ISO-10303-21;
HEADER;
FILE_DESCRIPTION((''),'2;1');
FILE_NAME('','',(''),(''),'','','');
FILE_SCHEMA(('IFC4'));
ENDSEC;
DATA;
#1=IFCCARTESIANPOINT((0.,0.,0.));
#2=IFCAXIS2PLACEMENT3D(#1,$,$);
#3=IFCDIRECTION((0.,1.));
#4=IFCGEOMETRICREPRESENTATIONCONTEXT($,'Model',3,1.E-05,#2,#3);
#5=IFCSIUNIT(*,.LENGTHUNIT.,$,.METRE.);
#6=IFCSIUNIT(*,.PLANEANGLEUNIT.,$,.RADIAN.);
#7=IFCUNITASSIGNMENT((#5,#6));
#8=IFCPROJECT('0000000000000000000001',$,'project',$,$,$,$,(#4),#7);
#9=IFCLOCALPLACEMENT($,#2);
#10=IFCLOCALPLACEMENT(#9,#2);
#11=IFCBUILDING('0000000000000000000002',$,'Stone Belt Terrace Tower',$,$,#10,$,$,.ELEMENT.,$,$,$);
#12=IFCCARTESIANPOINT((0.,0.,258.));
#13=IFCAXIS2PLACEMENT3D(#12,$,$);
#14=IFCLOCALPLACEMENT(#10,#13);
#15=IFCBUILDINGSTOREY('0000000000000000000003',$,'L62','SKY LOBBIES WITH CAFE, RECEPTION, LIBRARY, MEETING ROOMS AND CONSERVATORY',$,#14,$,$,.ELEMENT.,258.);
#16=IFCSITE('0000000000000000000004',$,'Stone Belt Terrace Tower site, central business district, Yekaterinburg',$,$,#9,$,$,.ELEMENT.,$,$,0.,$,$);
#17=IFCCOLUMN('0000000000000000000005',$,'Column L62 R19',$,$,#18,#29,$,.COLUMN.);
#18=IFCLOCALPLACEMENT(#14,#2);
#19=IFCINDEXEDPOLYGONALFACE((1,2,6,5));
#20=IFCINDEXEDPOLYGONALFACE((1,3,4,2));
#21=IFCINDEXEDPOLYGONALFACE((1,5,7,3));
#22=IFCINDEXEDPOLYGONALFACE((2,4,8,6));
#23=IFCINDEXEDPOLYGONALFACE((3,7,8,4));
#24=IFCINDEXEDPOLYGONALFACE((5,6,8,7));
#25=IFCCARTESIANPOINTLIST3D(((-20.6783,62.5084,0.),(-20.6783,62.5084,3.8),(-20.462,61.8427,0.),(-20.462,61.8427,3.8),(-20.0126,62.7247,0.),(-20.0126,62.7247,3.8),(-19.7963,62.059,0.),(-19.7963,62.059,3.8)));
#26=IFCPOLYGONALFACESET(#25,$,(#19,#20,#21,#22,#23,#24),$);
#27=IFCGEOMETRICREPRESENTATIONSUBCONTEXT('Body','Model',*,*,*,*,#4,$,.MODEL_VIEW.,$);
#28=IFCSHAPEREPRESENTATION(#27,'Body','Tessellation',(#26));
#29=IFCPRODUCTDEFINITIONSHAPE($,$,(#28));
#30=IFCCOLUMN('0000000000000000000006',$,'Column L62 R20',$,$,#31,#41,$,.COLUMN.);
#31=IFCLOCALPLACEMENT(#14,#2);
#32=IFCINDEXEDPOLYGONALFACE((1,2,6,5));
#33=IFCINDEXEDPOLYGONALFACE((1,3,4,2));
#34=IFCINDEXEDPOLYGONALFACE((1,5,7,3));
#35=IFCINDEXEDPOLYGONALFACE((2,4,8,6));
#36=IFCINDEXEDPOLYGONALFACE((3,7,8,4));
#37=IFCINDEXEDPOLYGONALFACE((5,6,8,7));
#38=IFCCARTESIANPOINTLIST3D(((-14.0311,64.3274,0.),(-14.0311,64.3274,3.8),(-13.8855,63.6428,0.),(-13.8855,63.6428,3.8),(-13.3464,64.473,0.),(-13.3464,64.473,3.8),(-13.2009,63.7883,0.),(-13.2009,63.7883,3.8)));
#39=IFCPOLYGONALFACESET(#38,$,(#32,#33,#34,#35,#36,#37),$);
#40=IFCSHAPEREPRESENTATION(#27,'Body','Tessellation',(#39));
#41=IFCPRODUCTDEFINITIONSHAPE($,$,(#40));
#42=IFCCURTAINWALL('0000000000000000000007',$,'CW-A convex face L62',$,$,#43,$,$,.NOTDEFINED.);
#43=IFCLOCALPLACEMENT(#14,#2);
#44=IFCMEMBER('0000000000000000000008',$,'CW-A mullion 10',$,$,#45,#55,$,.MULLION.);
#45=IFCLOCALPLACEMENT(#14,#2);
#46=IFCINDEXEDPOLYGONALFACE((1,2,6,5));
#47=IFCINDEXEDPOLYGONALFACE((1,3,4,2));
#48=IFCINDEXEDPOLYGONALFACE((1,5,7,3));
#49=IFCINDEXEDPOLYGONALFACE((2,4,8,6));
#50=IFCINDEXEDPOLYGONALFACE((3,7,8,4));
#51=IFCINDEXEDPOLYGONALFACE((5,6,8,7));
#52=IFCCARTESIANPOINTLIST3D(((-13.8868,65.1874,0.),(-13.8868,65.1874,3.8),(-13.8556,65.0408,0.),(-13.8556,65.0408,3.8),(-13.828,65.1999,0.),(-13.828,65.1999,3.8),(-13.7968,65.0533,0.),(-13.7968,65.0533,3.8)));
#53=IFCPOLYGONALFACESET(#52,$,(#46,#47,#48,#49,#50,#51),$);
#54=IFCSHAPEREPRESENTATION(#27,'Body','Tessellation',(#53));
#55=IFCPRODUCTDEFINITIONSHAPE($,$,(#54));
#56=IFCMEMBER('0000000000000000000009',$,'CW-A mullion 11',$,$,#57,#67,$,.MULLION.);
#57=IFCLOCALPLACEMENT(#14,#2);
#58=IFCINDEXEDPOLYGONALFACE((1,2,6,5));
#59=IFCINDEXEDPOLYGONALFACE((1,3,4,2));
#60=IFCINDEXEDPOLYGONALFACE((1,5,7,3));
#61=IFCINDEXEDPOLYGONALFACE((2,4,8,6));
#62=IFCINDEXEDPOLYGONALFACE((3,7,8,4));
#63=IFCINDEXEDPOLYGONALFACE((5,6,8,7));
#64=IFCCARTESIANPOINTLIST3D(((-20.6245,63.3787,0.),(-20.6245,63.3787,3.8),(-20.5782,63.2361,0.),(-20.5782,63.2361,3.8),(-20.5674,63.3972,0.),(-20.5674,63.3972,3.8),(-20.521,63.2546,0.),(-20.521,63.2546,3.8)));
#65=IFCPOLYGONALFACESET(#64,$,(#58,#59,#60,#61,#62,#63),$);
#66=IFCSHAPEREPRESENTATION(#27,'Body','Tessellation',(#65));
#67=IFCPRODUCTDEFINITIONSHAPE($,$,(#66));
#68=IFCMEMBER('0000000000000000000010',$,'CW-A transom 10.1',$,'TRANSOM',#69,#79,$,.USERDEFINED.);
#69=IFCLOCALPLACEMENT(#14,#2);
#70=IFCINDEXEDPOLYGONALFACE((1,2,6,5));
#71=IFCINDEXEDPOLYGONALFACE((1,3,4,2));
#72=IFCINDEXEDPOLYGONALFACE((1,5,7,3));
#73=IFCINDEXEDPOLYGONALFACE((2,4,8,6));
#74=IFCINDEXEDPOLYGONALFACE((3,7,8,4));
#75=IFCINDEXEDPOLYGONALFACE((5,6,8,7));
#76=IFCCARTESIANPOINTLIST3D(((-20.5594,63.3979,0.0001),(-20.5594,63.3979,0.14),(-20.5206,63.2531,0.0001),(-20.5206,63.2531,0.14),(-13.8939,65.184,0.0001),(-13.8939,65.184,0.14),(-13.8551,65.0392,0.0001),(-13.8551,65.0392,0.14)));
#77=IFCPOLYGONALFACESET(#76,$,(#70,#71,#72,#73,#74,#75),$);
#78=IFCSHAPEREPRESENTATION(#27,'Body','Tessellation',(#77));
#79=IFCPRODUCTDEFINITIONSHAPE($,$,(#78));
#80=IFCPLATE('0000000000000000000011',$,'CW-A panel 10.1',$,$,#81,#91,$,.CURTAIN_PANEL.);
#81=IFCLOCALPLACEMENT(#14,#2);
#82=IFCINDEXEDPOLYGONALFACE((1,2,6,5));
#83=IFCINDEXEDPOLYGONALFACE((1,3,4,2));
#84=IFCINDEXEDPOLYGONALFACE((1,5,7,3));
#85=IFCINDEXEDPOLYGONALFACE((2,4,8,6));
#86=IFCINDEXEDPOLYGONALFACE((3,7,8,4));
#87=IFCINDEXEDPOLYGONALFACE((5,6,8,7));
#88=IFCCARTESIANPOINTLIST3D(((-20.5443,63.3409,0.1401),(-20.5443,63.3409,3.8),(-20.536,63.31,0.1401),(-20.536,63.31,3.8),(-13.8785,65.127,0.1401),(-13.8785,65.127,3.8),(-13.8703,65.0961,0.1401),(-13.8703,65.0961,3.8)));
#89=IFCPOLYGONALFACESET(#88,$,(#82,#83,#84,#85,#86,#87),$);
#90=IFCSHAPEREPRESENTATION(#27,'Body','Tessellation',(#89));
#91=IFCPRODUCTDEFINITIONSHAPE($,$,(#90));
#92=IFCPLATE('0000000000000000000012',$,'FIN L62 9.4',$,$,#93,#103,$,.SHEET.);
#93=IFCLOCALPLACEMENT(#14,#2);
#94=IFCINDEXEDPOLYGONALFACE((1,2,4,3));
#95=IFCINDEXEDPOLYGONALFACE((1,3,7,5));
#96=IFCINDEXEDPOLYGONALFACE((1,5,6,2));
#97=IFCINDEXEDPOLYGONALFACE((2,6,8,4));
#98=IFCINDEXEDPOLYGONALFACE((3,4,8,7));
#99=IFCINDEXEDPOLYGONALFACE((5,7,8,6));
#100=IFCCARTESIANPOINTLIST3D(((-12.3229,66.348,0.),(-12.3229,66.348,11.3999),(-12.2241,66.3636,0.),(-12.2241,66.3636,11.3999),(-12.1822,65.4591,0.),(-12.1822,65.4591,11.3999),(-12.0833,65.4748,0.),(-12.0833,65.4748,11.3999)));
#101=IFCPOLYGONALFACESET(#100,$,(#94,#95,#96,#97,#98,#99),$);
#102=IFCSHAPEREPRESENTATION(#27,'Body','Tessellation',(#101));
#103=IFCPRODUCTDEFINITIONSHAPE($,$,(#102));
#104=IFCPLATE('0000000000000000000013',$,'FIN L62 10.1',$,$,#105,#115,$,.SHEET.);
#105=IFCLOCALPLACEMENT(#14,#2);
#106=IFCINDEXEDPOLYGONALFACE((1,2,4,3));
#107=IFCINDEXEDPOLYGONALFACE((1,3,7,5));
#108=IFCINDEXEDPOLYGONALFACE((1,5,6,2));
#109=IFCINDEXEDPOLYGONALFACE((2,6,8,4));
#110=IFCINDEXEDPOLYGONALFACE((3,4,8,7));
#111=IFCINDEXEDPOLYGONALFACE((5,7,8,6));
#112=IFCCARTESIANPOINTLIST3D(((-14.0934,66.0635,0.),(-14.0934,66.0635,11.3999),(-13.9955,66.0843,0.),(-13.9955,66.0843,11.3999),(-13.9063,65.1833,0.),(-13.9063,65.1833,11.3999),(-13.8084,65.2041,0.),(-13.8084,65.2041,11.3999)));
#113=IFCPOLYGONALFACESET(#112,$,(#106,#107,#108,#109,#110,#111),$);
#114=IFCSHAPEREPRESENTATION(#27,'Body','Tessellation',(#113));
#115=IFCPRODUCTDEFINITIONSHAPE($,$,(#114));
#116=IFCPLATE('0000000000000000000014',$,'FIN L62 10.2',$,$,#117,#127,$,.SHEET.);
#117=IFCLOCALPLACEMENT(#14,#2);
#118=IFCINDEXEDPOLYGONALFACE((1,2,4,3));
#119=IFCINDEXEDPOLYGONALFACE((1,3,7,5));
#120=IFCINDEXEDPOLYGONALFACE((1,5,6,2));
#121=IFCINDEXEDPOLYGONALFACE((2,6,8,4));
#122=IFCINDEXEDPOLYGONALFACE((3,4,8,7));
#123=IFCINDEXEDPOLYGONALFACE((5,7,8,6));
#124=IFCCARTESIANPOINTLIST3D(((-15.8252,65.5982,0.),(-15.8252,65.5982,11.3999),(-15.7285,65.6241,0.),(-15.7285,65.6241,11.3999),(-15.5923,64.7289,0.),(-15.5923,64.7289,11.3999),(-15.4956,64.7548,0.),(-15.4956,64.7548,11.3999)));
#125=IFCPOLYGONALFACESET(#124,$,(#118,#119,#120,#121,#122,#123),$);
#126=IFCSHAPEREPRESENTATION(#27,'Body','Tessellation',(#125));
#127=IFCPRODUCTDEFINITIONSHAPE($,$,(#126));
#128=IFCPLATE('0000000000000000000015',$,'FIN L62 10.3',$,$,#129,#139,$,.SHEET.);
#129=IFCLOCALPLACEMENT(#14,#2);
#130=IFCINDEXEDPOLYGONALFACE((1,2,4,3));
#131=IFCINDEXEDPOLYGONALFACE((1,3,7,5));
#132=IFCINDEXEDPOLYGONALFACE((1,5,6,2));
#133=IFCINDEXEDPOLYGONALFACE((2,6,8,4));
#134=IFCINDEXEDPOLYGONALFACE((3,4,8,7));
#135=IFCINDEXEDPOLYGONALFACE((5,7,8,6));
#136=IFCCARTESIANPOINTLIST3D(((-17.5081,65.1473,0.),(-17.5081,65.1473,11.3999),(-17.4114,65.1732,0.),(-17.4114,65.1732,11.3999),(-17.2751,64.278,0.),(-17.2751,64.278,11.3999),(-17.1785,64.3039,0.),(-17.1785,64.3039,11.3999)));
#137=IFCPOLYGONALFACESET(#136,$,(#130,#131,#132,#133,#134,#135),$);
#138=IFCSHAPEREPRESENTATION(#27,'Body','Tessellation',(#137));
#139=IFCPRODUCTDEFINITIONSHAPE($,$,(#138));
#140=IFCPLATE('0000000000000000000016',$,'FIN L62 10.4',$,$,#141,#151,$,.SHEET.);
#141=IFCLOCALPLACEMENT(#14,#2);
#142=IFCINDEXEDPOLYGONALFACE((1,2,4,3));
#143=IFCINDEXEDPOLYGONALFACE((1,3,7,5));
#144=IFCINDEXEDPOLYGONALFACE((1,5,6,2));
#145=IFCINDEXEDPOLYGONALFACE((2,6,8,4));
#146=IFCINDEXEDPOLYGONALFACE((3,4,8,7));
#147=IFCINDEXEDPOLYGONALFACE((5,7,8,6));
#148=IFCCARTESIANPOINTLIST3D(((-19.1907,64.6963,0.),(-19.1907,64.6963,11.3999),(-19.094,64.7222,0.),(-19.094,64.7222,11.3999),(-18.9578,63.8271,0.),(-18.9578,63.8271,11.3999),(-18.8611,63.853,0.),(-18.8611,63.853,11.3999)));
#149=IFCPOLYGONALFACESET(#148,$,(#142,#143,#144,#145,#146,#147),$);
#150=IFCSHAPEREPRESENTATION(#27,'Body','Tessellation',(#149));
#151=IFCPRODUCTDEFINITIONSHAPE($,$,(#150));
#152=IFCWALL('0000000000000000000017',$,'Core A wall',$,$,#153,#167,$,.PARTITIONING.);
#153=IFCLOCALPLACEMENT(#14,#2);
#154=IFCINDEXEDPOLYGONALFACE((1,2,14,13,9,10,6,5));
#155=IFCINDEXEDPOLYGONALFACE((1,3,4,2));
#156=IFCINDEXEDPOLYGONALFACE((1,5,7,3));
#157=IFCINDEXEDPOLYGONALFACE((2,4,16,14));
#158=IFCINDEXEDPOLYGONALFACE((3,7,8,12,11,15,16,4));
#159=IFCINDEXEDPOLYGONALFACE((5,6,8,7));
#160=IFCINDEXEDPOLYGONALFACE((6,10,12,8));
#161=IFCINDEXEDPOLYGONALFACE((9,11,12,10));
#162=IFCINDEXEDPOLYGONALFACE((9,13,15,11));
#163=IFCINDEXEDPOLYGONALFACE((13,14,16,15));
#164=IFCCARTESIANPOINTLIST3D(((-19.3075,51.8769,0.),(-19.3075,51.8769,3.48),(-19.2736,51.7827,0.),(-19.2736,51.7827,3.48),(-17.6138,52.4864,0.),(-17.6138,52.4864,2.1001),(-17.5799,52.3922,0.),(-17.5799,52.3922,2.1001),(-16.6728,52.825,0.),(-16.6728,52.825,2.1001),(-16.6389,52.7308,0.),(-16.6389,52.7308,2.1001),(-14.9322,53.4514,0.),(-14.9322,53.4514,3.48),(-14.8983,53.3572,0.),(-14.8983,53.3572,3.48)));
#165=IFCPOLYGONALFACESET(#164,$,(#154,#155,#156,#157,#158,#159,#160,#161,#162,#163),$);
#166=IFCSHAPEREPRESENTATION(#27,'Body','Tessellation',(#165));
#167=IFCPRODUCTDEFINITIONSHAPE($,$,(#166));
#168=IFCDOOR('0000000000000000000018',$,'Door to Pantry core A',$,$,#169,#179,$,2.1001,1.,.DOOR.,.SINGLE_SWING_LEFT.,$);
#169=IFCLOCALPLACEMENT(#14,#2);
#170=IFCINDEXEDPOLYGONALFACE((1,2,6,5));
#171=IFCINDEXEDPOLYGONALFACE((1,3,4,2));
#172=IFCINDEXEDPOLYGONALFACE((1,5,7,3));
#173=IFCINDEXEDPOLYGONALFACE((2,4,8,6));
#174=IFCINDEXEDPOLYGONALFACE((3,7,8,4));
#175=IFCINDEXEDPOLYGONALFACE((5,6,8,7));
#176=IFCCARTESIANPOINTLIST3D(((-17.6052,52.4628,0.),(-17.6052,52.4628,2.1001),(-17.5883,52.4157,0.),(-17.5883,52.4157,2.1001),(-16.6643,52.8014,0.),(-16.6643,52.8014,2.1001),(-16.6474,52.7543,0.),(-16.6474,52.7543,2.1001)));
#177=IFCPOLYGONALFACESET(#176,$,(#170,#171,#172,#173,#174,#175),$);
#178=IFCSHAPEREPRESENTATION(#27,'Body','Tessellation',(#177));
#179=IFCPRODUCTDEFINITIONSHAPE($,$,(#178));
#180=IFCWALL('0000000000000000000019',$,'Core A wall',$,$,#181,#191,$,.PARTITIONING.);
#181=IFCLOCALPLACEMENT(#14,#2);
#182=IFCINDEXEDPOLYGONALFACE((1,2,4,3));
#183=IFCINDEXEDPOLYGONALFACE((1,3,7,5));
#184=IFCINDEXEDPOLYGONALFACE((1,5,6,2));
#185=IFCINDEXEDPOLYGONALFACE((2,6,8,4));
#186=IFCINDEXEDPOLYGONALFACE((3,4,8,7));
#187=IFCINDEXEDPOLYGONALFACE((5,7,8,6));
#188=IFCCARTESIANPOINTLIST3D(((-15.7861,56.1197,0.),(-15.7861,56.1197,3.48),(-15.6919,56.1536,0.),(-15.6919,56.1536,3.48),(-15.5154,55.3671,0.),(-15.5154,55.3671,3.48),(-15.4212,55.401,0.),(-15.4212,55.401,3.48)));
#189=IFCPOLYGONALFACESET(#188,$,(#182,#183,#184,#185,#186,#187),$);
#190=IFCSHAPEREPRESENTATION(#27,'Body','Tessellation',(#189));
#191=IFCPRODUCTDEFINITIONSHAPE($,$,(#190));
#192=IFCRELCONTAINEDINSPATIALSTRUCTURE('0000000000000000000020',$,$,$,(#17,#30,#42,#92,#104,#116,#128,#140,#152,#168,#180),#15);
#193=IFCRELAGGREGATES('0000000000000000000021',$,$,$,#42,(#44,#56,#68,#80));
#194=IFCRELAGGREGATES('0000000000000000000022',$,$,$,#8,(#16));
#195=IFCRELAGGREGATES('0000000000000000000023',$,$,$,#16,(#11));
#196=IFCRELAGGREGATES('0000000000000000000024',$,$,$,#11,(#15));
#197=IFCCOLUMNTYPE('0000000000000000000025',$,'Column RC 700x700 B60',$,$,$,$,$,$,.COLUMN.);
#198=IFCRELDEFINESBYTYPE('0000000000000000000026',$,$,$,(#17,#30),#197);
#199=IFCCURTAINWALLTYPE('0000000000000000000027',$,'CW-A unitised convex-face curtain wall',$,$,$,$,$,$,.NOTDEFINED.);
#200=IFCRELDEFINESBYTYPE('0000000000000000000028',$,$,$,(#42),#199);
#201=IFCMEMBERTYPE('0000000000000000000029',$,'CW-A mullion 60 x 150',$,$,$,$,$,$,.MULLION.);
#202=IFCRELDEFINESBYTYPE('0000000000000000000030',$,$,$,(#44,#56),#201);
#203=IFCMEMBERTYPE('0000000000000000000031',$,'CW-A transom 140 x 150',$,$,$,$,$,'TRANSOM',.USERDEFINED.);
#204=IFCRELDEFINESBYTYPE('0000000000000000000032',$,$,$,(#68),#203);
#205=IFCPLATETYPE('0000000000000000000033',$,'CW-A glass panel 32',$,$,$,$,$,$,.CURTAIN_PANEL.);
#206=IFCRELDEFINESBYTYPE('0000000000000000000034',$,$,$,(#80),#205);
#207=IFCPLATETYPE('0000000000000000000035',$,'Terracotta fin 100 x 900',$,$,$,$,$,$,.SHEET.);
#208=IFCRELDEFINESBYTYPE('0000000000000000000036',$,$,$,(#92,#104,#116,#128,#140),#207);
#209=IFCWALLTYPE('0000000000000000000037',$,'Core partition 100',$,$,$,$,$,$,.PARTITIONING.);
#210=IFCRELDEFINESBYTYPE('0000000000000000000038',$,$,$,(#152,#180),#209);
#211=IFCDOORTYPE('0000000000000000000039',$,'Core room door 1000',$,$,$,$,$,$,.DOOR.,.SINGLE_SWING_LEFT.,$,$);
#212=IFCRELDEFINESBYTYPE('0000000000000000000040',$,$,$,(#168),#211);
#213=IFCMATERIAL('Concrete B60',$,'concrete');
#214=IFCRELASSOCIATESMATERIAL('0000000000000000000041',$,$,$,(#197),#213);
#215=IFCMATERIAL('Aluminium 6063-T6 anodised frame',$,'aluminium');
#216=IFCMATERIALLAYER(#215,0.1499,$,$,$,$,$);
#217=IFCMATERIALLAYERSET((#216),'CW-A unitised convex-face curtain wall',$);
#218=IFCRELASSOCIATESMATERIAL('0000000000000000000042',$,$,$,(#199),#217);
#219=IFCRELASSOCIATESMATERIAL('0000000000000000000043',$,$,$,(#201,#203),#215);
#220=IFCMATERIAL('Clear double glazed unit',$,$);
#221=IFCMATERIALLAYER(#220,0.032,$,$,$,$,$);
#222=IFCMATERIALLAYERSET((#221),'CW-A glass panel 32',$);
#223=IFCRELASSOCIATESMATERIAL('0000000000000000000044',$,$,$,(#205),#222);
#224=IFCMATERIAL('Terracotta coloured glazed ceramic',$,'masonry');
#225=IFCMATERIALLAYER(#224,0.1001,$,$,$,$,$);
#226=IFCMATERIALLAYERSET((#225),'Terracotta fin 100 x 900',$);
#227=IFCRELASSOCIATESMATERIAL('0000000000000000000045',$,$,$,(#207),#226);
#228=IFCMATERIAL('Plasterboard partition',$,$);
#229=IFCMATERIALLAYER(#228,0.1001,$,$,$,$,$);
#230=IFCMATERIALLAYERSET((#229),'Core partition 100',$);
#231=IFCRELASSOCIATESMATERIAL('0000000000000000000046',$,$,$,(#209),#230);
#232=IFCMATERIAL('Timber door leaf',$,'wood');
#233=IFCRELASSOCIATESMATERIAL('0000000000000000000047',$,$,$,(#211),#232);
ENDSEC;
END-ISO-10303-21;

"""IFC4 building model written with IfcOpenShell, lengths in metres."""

from ifc_helpers import new_model, si_unit, direction, frame, frame_2d, origin, origin_2d, place, context, subcontext, project, spatial, rectangle, extrude, material, layer, layer_set, material_profile, profile_set, type_object, element, fill, aggregate, save


model = new_model("IFC4")

# Units and contexts
model_context = context("Model", 3, precision=1e-05, world=origin(), true_north=direction((0.0, 1.0)))
body_context = subcontext(model_context, "Body", "Model", "MODEL_VIEW")
ifc_project = project(units=[si_unit("LENGTHUNIT", "METRE"), si_unit("PLANEANGLEUNIT", "RADIAN")], contexts=[model_context])

# Site, building, storey
site_placement = place(None, origin())
site = spatial("IfcSite", under=ifc_project, at=site_placement, Name="Stone Belt Terrace Tower site, central business district, Yekaterinburg", CompositionType="ELEMENT", RefElevation=0.0)
building_placement = place(site_placement, origin())
building = spatial("IfcBuilding", under=site, at=building_placement, Name="Stone Belt Terrace Tower", CompositionType="ELEMENT")
storey_placement = place(building_placement, frame((0.0, 0.0, 258.0)))
storey = spatial("IfcBuildingStorey", under=building, at=storey_placement, Name="L62", Description="SKY LOBBIES WITH CAFE, RECEPTION, LIBRARY, MEETING ROOMS AND CONSERVATORY", CompositionType="ELEMENT", Elevation=258.0)

# Columns
ifc_material_1 = material(Name="Concrete B60", Category="concrete")
ifc_material_profile_1 = material_profile(ifc_material_1, rectangle(XDim=0.7, YDim=0.7, at=origin_2d()), Name="RC 700x700")
ifc_profile_set_1 = profile_set([ifc_material_profile_1], Name="Concrete B60")
column_type = type_object("IfcColumnType", Name="Column RC 700x700 B60", PredefinedType="COLUMN", material=ifc_profile_set_1)
for number, where, z_axis, x_axis, name in (
    (1, (-20.2373, 62.2837, 0.0), (0.0, 0.0, 1.0), (0.951057, 0.309017, 0.0), "Column L62 R19"),
    (2, (-13.616, 64.0579, 0.0), (0.0, 0.0, 1.0), (0.978148, 0.207912, 0.0), "Column L62 R20"),
):
    element("IfcColumn", number, at=place(storey_placement, frame(where, z_axis=z_axis, x_axis=x_axis)), inside=storey, type_object=column_type, Name=name, PredefinedType="COLUMN", context=body_context, shape_type="SweptSolid", body=[
        extrude(rectangle(XDim=0.7, YDim=0.7, at=origin_2d()), origin(), (0.0, 0.0, 1.0), 3.8),
    ])

# Curtain wall, members, plate
ifc_material_2 = material(Name="Aluminium 6063-T6 anodised frame", Category="aluminium")
ifc_layer_1 = layer(ifc_material_2, 0.1499)
ifc_layer_set_1 = layer_set([ifc_layer_1], Name="CW-A unitised convex-face curtain wall")
curtain_wall_type = type_object("IfcCurtainWallType", Name="CW-A unitised convex-face curtain wall", PredefinedType="NOTDEFINED", material=ifc_layer_set_1)
curtain_wall_placement = place(storey_placement, origin())
curtain_wall = element("IfcCurtainWall", 3, at=curtain_wall_placement, inside=storey, type_object=curtain_wall_type, Name="CW-A convex face L62", PredefinedType="NOTDEFINED")
ifc_material_profile_2 = material_profile(ifc_material_2, rectangle(XDim=0.1499, YDim=0.0601, at=origin_2d()), Name="Aluminium 6063-T6 60x150")
ifc_profile_set_2 = profile_set([ifc_material_profile_2], Name="Aluminium 6063-T6 anodised frame")
member_type_1 = type_object("IfcMemberType", Name="CW-A mullion 60 x 150", PredefinedType="MULLION", material=ifc_profile_set_2)
member_1_placement = place(storey_placement, frame((-13.8418, 65.1204, 0.0), z_axis=(0.0, 0.0, 1.0), x_axis=(0.207912, -0.978148, 0.0)))
member_1 = element("IfcMember", 4, at=member_1_placement, type_object=member_type_1, Name="CW-A mullion 10", PredefinedType="MULLION", context=body_context, shape_type="SweptSolid", body=[
    extrude(rectangle(XDim=0.1499, YDim=0.0601, at=origin_2d()), origin(), (0.0, 0.0, 1.0), 3.8),
])
member_2_placement = place(storey_placement, frame((-20.5728, 63.3167, 0.0), z_axis=(0.0, 0.0, 1.0), x_axis=(0.309017, -0.951057, 0.0)))
member_2 = element("IfcMember", 5, at=member_2_placement, type_object=member_type_1, Name="CW-A mullion 11", PredefinedType="MULLION", context=body_context, shape_type="SweptSolid", body=[
    extrude(rectangle(XDim=0.1499, YDim=0.0601, at=origin_2d()), origin(), (0.0, 0.0, 1.0), 3.8),
])
ifc_material_profile_3 = material_profile(ifc_material_2, rectangle(XDim=0.1499, YDim=0.1399, at=origin_2d()), Name="Aluminium 6063-T6 150x140")
ifc_profile_set_3 = profile_set([ifc_material_profile_3], Name="Aluminium 6063-T6 anodised frame")
member_type_2 = type_object("IfcMemberType", Name="CW-A transom 140 x 150", ElementType="TRANSOM", PredefinedType="USERDEFINED", material=ifc_profile_set_3)
member_3_placement = place(storey_placement, frame((-13.8745, 65.1116, 0.0701), z_axis=(-0.965922, -0.258834, 0.0), x_axis=(0.258834, -0.965922, 0.0)))
member_3 = element("IfcMember", 6, at=member_3_placement, type_object=member_type_2, Name="CW-A transom 10.1", ObjectType="TRANSOM", PredefinedType="USERDEFINED", context=body_context, shape_type="SweptSolid", body=[
    extrude(rectangle(XDim=0.1499, YDim=0.1399, at=origin_2d()), origin(), (0.0, 0.0, 1.0), 6.9006),
])
ifc_material_3 = material(Name="Clear double glazed unit")
ifc_layer_2 = layer(ifc_material_3, 0.032)
ifc_layer_set_2 = layer_set([ifc_layer_2], Name="CW-A glass panel 32")
plate_type_1 = type_object("IfcPlateType", Name="CW-A glass panel 32", PredefinedType="CURTAIN_PANEL", material=ifc_layer_set_2)
plate_placement = place(storey_placement, frame((-17.2073, 64.2185, 0.1401), z_axis=(0.0, 0.0, 1.0), x_axis=(-0.965926, -0.258819, 0.0)))
plate = element("IfcPlate", 7, at=plate_placement, type_object=plate_type_1, Name="CW-A panel 10.1", PredefinedType="CURTAIN_PANEL", context=body_context, shape_type="SweptSolid", body=[
    extrude(rectangle(XDim=6.9009, YDim=0.032, at=origin_2d()), origin(), (0.0, 0.0, 1.0), 3.6599),
])
aggregate(curtain_wall, [member_1, member_2, member_3, plate])

# Plates
ifc_material_4 = material(Name="Terracotta coloured glazed ceramic", Category="masonry")
ifc_layer_3 = layer(ifc_material_4, 0.1001)
ifc_layer_set_3 = layer_set([ifc_layer_3], Name="Terracotta fin 100 x 900")
plate_type_2 = type_object("IfcPlateType", Name="Terracotta fin 100 x 900", PredefinedType="SHEET", material=ifc_layer_set_3)
for number, where, z_axis, x_axis, name in (
    (8, (-12.2031, 65.9114, 0.0), (0.0, 0.0, 1.0), (-0.156434, 0.987688, 0.0), "FIN L62 9.4"),
    (9, (-13.9509, 65.6338, 0.0), (0.0, 0.0, 1.0), (-0.207912, 0.978148, 0.0), "FIN L62 10.1"),
    (10, (-15.6604, 65.1765, 0.0), (0.0, 0.0, 1.0), (-0.258819, 0.965926, 0.0), "FIN L62 10.2"),
    (11, (-17.3433, 64.7256, 0.0), (0.0, 0.0, 1.0), (-0.258819, 0.965926, 0.0), "FIN L62 10.3"),
    (12, (-19.0259, 64.2747, 0.0), (0.0, 0.0, 1.0), (-0.258819, 0.965926, 0.0), "FIN L62 10.4"),
):
    element("IfcPlate", number, at=place(storey_placement, frame(where, z_axis=z_axis, x_axis=x_axis)), inside=storey, type_object=plate_type_2, Name=name, PredefinedType="SHEET", context=body_context, shape_type="SweptSolid", body=[
        extrude(rectangle(XDim=0.8999, YDim=0.1001, at=origin_2d()), origin(), (0.0, 0.0, 1.0), 11.3999),
    ])

# Wall, opening, door
ifc_material_5 = material(Name="Plasterboard partition")
ifc_layer_4 = layer(ifc_material_5, 0.1001)
ifc_layer_set_4 = layer_set([ifc_layer_4], Name="Core partition 100")
wall_type_1 = type_object("IfcWallType", Name="Core partition 100", PredefinedType="PARTITIONING", material=ifc_layer_set_4)
wall_1_placement = place(storey_placement, frame((-19.2905, 51.8298, 0.0), z_axis=(0.0, 0.0, 1.0), x_axis=(0.94093, 0.3386, 0.0)))
wall_1 = element("IfcWall", 13, at=wall_1_placement, inside=storey, type_object=wall_type_1, Name="Core A wall", PredefinedType="PARTITIONING", context=body_context, shape_type="SweptSolid", body=[
    extrude(rectangle(XDim=4.6499, YDim=0.1001, at=frame_2d((2.325, 0.0))), origin(), (0.0, 0.0, 1.0), 3.48),
])
opening_1_placement = place(wall_1_placement, frame((1.8, 0.0, 0.0)))
opening_1 = element("IfcOpeningElement", 14, at=opening_1_placement, cuts=wall_1, PredefinedType="OPENING", context=body_context, shape_type="SweptSolid", body=[
    extrude(rectangle(XDim=1.0, YDim=2.1001, at=frame_2d((0.5, 1.05))), frame((0.0, 0.0601, 0.0), z_axis=(0.0, -1.0, 0.0), x_axis=(1.0, 0.0, 0.0)), (0.0, 0.0, 1.0), 0.1201),
])
ifc_material_6 = material(Name="Timber door leaf", Category="wood")
door_type_1 = type_object("IfcDoorType", Name="Core room door 1000", OperationType="SINGLE_SWING_LEFT", PredefinedType="DOOR", material=ifc_material_6)
door_1_placement = place(opening_1_placement, origin())
door_1 = element("IfcDoor", 15, at=door_1_placement, inside=storey, type_object=door_type_1, Name="Door to Pantry core A", OperationType="SINGLE_SWING_LEFT", OverallHeight=2.1001, OverallWidth=1.0, PredefinedType="DOOR", context=body_context, shape_type="SweptSolid", body=[
    extrude(rectangle(XDim=1.0, YDim=2.1001, at=frame_2d((0.5, 1.05))), frame((0.0, 0.0249, 0.0), z_axis=(0.0, -1.0, 0.0), x_axis=(1.0, 0.0, 0.0)), (0.0, 0.0, 1.0), 0.05),
])
fill(opening_1, door_1)

# Wall
wall_2_placement = place(storey_placement, frame((-15.4683, 55.384, 0.0), z_axis=(0.0, 0.0, 1.0), x_axis=(-0.338482, 0.940973, 0.0)))
element("IfcWall", 16, at=wall_2_placement, inside=storey, type_object=wall_type_1, Name="Core A wall", PredefinedType="PARTITIONING", context=body_context, shape_type="SweptSolid", body=[
    extrude(rectangle(XDim=0.7998, YDim=0.1001, at=frame_2d((0.3999, 0.0))), origin(), (0.0, 0.0, 1.0), 3.48),
])

save(model, "model.ifc")
